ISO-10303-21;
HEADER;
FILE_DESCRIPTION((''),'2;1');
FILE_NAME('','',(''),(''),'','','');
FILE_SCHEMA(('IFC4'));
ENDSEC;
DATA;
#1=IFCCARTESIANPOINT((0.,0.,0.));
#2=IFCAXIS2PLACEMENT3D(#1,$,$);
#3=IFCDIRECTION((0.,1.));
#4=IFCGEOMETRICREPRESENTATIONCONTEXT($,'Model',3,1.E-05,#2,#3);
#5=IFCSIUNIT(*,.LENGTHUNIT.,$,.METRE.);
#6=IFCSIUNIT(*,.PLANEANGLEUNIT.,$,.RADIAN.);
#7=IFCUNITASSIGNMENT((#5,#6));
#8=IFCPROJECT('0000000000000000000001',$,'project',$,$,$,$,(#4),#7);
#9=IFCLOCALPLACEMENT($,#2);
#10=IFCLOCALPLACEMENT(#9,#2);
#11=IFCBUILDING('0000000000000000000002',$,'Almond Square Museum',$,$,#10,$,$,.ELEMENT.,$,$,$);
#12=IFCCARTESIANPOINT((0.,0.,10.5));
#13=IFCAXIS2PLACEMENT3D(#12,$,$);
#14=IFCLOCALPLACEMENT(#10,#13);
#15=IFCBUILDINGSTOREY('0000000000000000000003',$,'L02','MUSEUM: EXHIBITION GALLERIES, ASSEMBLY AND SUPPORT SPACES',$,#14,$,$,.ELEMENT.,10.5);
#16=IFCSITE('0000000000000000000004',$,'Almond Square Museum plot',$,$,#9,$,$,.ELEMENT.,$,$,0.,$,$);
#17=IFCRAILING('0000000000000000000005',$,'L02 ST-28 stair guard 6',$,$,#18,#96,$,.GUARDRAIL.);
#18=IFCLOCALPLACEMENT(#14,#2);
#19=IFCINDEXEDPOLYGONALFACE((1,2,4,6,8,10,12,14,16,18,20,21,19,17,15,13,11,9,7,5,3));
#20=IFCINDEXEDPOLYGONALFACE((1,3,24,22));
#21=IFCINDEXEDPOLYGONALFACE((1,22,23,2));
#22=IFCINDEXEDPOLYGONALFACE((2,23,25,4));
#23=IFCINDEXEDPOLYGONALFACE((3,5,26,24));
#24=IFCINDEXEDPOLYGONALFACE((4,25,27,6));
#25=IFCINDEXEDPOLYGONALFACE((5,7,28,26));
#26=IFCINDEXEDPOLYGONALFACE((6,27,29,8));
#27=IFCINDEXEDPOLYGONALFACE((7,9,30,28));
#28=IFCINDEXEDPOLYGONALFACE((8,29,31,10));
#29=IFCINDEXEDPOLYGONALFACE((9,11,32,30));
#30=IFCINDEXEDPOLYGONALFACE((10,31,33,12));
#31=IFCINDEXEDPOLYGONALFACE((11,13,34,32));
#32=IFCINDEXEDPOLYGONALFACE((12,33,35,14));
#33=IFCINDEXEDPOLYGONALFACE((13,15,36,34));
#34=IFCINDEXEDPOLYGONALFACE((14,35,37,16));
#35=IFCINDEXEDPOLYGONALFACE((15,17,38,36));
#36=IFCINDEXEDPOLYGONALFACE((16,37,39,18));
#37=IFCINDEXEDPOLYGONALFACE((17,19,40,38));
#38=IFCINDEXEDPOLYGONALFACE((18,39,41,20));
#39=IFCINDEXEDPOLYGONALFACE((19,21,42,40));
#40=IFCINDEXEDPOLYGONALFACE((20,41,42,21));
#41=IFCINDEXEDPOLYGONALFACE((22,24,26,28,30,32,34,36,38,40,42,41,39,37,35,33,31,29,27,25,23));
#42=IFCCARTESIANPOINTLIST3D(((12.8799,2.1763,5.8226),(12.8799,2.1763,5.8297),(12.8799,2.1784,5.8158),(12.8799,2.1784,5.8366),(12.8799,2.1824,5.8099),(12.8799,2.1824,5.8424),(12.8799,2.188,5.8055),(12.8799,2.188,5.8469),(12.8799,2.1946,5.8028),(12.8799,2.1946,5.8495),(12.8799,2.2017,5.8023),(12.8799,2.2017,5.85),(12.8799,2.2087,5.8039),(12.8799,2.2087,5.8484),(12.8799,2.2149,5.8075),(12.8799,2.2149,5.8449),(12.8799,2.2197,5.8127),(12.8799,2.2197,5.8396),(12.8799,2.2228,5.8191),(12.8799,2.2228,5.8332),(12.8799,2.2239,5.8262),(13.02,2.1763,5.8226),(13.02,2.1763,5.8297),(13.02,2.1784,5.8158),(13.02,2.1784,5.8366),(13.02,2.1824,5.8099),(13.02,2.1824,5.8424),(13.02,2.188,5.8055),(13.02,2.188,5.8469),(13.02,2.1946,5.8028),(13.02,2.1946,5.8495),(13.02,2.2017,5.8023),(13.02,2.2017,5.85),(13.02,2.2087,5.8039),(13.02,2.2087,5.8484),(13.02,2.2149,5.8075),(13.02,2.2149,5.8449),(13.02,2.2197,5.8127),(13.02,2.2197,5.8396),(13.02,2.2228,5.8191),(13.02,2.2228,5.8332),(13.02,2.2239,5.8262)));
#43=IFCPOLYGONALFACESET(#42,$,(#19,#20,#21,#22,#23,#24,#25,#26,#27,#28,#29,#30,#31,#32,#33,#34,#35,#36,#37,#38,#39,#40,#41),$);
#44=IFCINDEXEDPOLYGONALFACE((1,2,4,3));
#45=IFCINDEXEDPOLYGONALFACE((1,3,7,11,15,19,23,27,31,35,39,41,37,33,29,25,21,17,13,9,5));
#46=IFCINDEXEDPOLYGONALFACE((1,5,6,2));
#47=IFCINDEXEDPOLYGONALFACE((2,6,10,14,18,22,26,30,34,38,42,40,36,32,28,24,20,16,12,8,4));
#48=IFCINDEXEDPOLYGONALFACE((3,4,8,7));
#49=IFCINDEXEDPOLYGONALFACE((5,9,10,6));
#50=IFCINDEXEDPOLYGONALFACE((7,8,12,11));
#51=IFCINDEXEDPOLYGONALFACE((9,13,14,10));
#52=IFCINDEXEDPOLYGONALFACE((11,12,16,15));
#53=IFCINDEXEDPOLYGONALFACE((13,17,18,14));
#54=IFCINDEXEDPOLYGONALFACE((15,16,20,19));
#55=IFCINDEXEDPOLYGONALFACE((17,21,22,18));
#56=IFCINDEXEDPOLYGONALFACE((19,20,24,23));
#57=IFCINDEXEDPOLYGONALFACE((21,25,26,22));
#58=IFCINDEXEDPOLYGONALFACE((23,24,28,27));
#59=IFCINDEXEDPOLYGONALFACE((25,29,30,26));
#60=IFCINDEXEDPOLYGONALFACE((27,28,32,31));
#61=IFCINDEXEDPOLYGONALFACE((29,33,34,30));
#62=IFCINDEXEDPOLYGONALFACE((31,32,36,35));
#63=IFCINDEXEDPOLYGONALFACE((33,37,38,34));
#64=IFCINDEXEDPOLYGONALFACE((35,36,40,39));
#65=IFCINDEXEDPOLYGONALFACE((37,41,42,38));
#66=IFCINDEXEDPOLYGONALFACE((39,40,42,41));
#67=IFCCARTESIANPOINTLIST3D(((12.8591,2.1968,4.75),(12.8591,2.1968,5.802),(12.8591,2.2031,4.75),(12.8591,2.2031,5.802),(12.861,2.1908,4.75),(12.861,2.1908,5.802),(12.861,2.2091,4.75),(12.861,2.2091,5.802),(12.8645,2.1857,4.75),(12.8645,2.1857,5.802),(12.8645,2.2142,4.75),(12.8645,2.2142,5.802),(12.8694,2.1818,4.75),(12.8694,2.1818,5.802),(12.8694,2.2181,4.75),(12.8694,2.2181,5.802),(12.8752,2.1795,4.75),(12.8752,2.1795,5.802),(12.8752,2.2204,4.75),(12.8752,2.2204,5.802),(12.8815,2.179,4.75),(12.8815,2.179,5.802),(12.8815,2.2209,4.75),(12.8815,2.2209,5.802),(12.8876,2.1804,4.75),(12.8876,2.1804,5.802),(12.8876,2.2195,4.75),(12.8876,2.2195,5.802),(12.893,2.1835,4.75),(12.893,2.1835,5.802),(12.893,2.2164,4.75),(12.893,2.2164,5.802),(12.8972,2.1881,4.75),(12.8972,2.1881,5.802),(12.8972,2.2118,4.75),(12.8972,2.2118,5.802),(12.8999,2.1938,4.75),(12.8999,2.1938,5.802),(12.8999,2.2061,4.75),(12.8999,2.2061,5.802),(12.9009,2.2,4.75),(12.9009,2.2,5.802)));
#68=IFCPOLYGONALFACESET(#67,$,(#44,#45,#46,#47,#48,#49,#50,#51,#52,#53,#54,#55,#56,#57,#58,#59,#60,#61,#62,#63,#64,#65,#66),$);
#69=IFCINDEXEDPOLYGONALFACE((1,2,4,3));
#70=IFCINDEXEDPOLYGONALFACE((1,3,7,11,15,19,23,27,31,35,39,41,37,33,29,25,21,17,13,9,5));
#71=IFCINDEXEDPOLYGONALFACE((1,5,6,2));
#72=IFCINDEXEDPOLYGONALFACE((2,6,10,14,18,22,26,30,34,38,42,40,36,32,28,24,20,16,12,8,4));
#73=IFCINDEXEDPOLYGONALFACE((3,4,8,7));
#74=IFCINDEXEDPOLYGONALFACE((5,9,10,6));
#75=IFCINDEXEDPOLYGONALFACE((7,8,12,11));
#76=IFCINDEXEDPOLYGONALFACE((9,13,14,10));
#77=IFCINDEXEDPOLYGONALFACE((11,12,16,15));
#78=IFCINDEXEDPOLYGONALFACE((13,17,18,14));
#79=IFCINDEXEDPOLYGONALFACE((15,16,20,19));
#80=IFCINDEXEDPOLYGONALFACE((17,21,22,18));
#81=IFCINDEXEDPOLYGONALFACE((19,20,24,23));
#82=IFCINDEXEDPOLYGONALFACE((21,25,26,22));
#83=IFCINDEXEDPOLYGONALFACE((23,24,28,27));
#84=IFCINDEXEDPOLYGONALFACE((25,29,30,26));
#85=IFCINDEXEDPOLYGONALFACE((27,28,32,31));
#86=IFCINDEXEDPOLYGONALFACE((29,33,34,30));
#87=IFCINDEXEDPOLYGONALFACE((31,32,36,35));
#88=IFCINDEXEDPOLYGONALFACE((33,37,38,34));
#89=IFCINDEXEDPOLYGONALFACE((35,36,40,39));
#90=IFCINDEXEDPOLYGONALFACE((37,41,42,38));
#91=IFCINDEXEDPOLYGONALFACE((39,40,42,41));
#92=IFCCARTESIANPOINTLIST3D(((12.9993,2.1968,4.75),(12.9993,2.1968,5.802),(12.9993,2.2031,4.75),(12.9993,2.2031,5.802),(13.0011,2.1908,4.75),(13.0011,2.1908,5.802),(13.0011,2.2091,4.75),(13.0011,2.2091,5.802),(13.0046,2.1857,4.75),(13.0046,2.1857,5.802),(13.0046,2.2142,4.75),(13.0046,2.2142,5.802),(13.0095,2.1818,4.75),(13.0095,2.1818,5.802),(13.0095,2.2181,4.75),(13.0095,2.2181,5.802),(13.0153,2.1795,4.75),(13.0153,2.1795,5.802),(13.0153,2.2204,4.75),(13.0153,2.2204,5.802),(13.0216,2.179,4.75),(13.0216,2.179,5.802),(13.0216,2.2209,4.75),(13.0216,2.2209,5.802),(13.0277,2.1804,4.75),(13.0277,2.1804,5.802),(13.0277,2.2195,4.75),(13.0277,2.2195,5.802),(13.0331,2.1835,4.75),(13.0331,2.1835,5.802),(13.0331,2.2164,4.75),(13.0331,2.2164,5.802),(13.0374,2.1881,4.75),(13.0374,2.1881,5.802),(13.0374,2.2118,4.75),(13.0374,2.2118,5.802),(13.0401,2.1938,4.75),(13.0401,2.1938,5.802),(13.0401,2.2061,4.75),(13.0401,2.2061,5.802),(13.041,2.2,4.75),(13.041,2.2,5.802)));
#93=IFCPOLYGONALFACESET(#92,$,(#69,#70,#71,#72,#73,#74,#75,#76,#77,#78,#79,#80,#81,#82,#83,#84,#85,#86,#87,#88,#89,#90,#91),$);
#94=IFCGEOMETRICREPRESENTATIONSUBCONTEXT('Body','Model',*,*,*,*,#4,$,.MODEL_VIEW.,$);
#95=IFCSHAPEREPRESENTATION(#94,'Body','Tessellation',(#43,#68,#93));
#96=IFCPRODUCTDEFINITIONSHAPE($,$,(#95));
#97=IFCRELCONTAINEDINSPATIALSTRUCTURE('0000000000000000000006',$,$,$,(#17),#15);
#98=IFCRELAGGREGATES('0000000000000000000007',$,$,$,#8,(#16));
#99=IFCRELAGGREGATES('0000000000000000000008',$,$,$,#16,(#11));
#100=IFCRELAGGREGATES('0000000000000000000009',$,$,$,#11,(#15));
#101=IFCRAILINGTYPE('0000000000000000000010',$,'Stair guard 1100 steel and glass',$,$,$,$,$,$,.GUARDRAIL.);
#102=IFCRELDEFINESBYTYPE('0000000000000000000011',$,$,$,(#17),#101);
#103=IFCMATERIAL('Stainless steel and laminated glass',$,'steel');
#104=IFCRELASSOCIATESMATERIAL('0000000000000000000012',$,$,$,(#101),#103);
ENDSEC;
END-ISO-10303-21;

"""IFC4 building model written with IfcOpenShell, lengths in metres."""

from ifc_helpers import new_model, si_unit, direction, frame, origin, origin_2d, place, context, subcontext, project, spatial, circle, extrude, material, type_object, element, save


model = new_model("IFC4")

# Units and contexts
model_context = context("Model", 3, precision=1e-05, world=origin(), true_north=direction((0.0, 1.0)))
body_context = subcontext(model_context, "Body", "Model", "MODEL_VIEW")
ifc_project = project(units=[si_unit("LENGTHUNIT", "METRE"), si_unit("PLANEANGLEUNIT", "RADIAN")], contexts=[model_context])

# Site, building, storey
site_placement = place(None, origin())
site = spatial("IfcSite", under=ifc_project, at=site_placement, Name="Almond Square Museum plot", CompositionType="ELEMENT", RefElevation=0.0)
building_placement = place(site_placement, origin())
building = spatial("IfcBuilding", under=site, at=building_placement, Name="Almond Square Museum", CompositionType="ELEMENT")
storey_placement = place(building_placement, frame((0.0, 0.0, 10.5)))
storey = spatial("IfcBuildingStorey", under=building, at=storey_placement, Name="L02", Description="MUSEUM: EXHIBITION GALLERIES, ASSEMBLY AND SUPPORT SPACES", CompositionType="ELEMENT", Elevation=10.5)

# Railing
ifc_material_1 = material(Name="Stainless steel and laminated glass", Category="steel")
railing_type_1 = type_object("IfcRailingType", Name="Stair guard 1100 steel and glass", PredefinedType="GUARDRAIL", material=ifc_material_1)
railing_1_placement = place(storey_placement, frame((12.8799, 2.2, 4.75)))
element("IfcRailing", 1, at=railing_1_placement, inside=storey, type_object=railing_type_1, Name="L02 ST-28 stair guard 6", PredefinedType="GUARDRAIL", context=body_context, shape_type="SweptSolid", body=[
    extrude(circle(Radius=0.0239, at=origin_2d()), frame((0.0, 0.0, 1.0762), z_axis=(1.0, 0.0, 0.0), x_axis=(0.0, 1.0, 0.0)), (0.0, 0.0, 1.0), 0.1401),
    extrude(circle(Radius=0.021, at=origin_2d()), origin(), (0.0, 0.0, 1.0), 1.052),
    extrude(circle(Radius=0.021, at=origin_2d()), frame((0.1401, 0.0, 0.0)), (0.0, 0.0, 1.0), 1.052),
])

save(model, "model.ifc")
